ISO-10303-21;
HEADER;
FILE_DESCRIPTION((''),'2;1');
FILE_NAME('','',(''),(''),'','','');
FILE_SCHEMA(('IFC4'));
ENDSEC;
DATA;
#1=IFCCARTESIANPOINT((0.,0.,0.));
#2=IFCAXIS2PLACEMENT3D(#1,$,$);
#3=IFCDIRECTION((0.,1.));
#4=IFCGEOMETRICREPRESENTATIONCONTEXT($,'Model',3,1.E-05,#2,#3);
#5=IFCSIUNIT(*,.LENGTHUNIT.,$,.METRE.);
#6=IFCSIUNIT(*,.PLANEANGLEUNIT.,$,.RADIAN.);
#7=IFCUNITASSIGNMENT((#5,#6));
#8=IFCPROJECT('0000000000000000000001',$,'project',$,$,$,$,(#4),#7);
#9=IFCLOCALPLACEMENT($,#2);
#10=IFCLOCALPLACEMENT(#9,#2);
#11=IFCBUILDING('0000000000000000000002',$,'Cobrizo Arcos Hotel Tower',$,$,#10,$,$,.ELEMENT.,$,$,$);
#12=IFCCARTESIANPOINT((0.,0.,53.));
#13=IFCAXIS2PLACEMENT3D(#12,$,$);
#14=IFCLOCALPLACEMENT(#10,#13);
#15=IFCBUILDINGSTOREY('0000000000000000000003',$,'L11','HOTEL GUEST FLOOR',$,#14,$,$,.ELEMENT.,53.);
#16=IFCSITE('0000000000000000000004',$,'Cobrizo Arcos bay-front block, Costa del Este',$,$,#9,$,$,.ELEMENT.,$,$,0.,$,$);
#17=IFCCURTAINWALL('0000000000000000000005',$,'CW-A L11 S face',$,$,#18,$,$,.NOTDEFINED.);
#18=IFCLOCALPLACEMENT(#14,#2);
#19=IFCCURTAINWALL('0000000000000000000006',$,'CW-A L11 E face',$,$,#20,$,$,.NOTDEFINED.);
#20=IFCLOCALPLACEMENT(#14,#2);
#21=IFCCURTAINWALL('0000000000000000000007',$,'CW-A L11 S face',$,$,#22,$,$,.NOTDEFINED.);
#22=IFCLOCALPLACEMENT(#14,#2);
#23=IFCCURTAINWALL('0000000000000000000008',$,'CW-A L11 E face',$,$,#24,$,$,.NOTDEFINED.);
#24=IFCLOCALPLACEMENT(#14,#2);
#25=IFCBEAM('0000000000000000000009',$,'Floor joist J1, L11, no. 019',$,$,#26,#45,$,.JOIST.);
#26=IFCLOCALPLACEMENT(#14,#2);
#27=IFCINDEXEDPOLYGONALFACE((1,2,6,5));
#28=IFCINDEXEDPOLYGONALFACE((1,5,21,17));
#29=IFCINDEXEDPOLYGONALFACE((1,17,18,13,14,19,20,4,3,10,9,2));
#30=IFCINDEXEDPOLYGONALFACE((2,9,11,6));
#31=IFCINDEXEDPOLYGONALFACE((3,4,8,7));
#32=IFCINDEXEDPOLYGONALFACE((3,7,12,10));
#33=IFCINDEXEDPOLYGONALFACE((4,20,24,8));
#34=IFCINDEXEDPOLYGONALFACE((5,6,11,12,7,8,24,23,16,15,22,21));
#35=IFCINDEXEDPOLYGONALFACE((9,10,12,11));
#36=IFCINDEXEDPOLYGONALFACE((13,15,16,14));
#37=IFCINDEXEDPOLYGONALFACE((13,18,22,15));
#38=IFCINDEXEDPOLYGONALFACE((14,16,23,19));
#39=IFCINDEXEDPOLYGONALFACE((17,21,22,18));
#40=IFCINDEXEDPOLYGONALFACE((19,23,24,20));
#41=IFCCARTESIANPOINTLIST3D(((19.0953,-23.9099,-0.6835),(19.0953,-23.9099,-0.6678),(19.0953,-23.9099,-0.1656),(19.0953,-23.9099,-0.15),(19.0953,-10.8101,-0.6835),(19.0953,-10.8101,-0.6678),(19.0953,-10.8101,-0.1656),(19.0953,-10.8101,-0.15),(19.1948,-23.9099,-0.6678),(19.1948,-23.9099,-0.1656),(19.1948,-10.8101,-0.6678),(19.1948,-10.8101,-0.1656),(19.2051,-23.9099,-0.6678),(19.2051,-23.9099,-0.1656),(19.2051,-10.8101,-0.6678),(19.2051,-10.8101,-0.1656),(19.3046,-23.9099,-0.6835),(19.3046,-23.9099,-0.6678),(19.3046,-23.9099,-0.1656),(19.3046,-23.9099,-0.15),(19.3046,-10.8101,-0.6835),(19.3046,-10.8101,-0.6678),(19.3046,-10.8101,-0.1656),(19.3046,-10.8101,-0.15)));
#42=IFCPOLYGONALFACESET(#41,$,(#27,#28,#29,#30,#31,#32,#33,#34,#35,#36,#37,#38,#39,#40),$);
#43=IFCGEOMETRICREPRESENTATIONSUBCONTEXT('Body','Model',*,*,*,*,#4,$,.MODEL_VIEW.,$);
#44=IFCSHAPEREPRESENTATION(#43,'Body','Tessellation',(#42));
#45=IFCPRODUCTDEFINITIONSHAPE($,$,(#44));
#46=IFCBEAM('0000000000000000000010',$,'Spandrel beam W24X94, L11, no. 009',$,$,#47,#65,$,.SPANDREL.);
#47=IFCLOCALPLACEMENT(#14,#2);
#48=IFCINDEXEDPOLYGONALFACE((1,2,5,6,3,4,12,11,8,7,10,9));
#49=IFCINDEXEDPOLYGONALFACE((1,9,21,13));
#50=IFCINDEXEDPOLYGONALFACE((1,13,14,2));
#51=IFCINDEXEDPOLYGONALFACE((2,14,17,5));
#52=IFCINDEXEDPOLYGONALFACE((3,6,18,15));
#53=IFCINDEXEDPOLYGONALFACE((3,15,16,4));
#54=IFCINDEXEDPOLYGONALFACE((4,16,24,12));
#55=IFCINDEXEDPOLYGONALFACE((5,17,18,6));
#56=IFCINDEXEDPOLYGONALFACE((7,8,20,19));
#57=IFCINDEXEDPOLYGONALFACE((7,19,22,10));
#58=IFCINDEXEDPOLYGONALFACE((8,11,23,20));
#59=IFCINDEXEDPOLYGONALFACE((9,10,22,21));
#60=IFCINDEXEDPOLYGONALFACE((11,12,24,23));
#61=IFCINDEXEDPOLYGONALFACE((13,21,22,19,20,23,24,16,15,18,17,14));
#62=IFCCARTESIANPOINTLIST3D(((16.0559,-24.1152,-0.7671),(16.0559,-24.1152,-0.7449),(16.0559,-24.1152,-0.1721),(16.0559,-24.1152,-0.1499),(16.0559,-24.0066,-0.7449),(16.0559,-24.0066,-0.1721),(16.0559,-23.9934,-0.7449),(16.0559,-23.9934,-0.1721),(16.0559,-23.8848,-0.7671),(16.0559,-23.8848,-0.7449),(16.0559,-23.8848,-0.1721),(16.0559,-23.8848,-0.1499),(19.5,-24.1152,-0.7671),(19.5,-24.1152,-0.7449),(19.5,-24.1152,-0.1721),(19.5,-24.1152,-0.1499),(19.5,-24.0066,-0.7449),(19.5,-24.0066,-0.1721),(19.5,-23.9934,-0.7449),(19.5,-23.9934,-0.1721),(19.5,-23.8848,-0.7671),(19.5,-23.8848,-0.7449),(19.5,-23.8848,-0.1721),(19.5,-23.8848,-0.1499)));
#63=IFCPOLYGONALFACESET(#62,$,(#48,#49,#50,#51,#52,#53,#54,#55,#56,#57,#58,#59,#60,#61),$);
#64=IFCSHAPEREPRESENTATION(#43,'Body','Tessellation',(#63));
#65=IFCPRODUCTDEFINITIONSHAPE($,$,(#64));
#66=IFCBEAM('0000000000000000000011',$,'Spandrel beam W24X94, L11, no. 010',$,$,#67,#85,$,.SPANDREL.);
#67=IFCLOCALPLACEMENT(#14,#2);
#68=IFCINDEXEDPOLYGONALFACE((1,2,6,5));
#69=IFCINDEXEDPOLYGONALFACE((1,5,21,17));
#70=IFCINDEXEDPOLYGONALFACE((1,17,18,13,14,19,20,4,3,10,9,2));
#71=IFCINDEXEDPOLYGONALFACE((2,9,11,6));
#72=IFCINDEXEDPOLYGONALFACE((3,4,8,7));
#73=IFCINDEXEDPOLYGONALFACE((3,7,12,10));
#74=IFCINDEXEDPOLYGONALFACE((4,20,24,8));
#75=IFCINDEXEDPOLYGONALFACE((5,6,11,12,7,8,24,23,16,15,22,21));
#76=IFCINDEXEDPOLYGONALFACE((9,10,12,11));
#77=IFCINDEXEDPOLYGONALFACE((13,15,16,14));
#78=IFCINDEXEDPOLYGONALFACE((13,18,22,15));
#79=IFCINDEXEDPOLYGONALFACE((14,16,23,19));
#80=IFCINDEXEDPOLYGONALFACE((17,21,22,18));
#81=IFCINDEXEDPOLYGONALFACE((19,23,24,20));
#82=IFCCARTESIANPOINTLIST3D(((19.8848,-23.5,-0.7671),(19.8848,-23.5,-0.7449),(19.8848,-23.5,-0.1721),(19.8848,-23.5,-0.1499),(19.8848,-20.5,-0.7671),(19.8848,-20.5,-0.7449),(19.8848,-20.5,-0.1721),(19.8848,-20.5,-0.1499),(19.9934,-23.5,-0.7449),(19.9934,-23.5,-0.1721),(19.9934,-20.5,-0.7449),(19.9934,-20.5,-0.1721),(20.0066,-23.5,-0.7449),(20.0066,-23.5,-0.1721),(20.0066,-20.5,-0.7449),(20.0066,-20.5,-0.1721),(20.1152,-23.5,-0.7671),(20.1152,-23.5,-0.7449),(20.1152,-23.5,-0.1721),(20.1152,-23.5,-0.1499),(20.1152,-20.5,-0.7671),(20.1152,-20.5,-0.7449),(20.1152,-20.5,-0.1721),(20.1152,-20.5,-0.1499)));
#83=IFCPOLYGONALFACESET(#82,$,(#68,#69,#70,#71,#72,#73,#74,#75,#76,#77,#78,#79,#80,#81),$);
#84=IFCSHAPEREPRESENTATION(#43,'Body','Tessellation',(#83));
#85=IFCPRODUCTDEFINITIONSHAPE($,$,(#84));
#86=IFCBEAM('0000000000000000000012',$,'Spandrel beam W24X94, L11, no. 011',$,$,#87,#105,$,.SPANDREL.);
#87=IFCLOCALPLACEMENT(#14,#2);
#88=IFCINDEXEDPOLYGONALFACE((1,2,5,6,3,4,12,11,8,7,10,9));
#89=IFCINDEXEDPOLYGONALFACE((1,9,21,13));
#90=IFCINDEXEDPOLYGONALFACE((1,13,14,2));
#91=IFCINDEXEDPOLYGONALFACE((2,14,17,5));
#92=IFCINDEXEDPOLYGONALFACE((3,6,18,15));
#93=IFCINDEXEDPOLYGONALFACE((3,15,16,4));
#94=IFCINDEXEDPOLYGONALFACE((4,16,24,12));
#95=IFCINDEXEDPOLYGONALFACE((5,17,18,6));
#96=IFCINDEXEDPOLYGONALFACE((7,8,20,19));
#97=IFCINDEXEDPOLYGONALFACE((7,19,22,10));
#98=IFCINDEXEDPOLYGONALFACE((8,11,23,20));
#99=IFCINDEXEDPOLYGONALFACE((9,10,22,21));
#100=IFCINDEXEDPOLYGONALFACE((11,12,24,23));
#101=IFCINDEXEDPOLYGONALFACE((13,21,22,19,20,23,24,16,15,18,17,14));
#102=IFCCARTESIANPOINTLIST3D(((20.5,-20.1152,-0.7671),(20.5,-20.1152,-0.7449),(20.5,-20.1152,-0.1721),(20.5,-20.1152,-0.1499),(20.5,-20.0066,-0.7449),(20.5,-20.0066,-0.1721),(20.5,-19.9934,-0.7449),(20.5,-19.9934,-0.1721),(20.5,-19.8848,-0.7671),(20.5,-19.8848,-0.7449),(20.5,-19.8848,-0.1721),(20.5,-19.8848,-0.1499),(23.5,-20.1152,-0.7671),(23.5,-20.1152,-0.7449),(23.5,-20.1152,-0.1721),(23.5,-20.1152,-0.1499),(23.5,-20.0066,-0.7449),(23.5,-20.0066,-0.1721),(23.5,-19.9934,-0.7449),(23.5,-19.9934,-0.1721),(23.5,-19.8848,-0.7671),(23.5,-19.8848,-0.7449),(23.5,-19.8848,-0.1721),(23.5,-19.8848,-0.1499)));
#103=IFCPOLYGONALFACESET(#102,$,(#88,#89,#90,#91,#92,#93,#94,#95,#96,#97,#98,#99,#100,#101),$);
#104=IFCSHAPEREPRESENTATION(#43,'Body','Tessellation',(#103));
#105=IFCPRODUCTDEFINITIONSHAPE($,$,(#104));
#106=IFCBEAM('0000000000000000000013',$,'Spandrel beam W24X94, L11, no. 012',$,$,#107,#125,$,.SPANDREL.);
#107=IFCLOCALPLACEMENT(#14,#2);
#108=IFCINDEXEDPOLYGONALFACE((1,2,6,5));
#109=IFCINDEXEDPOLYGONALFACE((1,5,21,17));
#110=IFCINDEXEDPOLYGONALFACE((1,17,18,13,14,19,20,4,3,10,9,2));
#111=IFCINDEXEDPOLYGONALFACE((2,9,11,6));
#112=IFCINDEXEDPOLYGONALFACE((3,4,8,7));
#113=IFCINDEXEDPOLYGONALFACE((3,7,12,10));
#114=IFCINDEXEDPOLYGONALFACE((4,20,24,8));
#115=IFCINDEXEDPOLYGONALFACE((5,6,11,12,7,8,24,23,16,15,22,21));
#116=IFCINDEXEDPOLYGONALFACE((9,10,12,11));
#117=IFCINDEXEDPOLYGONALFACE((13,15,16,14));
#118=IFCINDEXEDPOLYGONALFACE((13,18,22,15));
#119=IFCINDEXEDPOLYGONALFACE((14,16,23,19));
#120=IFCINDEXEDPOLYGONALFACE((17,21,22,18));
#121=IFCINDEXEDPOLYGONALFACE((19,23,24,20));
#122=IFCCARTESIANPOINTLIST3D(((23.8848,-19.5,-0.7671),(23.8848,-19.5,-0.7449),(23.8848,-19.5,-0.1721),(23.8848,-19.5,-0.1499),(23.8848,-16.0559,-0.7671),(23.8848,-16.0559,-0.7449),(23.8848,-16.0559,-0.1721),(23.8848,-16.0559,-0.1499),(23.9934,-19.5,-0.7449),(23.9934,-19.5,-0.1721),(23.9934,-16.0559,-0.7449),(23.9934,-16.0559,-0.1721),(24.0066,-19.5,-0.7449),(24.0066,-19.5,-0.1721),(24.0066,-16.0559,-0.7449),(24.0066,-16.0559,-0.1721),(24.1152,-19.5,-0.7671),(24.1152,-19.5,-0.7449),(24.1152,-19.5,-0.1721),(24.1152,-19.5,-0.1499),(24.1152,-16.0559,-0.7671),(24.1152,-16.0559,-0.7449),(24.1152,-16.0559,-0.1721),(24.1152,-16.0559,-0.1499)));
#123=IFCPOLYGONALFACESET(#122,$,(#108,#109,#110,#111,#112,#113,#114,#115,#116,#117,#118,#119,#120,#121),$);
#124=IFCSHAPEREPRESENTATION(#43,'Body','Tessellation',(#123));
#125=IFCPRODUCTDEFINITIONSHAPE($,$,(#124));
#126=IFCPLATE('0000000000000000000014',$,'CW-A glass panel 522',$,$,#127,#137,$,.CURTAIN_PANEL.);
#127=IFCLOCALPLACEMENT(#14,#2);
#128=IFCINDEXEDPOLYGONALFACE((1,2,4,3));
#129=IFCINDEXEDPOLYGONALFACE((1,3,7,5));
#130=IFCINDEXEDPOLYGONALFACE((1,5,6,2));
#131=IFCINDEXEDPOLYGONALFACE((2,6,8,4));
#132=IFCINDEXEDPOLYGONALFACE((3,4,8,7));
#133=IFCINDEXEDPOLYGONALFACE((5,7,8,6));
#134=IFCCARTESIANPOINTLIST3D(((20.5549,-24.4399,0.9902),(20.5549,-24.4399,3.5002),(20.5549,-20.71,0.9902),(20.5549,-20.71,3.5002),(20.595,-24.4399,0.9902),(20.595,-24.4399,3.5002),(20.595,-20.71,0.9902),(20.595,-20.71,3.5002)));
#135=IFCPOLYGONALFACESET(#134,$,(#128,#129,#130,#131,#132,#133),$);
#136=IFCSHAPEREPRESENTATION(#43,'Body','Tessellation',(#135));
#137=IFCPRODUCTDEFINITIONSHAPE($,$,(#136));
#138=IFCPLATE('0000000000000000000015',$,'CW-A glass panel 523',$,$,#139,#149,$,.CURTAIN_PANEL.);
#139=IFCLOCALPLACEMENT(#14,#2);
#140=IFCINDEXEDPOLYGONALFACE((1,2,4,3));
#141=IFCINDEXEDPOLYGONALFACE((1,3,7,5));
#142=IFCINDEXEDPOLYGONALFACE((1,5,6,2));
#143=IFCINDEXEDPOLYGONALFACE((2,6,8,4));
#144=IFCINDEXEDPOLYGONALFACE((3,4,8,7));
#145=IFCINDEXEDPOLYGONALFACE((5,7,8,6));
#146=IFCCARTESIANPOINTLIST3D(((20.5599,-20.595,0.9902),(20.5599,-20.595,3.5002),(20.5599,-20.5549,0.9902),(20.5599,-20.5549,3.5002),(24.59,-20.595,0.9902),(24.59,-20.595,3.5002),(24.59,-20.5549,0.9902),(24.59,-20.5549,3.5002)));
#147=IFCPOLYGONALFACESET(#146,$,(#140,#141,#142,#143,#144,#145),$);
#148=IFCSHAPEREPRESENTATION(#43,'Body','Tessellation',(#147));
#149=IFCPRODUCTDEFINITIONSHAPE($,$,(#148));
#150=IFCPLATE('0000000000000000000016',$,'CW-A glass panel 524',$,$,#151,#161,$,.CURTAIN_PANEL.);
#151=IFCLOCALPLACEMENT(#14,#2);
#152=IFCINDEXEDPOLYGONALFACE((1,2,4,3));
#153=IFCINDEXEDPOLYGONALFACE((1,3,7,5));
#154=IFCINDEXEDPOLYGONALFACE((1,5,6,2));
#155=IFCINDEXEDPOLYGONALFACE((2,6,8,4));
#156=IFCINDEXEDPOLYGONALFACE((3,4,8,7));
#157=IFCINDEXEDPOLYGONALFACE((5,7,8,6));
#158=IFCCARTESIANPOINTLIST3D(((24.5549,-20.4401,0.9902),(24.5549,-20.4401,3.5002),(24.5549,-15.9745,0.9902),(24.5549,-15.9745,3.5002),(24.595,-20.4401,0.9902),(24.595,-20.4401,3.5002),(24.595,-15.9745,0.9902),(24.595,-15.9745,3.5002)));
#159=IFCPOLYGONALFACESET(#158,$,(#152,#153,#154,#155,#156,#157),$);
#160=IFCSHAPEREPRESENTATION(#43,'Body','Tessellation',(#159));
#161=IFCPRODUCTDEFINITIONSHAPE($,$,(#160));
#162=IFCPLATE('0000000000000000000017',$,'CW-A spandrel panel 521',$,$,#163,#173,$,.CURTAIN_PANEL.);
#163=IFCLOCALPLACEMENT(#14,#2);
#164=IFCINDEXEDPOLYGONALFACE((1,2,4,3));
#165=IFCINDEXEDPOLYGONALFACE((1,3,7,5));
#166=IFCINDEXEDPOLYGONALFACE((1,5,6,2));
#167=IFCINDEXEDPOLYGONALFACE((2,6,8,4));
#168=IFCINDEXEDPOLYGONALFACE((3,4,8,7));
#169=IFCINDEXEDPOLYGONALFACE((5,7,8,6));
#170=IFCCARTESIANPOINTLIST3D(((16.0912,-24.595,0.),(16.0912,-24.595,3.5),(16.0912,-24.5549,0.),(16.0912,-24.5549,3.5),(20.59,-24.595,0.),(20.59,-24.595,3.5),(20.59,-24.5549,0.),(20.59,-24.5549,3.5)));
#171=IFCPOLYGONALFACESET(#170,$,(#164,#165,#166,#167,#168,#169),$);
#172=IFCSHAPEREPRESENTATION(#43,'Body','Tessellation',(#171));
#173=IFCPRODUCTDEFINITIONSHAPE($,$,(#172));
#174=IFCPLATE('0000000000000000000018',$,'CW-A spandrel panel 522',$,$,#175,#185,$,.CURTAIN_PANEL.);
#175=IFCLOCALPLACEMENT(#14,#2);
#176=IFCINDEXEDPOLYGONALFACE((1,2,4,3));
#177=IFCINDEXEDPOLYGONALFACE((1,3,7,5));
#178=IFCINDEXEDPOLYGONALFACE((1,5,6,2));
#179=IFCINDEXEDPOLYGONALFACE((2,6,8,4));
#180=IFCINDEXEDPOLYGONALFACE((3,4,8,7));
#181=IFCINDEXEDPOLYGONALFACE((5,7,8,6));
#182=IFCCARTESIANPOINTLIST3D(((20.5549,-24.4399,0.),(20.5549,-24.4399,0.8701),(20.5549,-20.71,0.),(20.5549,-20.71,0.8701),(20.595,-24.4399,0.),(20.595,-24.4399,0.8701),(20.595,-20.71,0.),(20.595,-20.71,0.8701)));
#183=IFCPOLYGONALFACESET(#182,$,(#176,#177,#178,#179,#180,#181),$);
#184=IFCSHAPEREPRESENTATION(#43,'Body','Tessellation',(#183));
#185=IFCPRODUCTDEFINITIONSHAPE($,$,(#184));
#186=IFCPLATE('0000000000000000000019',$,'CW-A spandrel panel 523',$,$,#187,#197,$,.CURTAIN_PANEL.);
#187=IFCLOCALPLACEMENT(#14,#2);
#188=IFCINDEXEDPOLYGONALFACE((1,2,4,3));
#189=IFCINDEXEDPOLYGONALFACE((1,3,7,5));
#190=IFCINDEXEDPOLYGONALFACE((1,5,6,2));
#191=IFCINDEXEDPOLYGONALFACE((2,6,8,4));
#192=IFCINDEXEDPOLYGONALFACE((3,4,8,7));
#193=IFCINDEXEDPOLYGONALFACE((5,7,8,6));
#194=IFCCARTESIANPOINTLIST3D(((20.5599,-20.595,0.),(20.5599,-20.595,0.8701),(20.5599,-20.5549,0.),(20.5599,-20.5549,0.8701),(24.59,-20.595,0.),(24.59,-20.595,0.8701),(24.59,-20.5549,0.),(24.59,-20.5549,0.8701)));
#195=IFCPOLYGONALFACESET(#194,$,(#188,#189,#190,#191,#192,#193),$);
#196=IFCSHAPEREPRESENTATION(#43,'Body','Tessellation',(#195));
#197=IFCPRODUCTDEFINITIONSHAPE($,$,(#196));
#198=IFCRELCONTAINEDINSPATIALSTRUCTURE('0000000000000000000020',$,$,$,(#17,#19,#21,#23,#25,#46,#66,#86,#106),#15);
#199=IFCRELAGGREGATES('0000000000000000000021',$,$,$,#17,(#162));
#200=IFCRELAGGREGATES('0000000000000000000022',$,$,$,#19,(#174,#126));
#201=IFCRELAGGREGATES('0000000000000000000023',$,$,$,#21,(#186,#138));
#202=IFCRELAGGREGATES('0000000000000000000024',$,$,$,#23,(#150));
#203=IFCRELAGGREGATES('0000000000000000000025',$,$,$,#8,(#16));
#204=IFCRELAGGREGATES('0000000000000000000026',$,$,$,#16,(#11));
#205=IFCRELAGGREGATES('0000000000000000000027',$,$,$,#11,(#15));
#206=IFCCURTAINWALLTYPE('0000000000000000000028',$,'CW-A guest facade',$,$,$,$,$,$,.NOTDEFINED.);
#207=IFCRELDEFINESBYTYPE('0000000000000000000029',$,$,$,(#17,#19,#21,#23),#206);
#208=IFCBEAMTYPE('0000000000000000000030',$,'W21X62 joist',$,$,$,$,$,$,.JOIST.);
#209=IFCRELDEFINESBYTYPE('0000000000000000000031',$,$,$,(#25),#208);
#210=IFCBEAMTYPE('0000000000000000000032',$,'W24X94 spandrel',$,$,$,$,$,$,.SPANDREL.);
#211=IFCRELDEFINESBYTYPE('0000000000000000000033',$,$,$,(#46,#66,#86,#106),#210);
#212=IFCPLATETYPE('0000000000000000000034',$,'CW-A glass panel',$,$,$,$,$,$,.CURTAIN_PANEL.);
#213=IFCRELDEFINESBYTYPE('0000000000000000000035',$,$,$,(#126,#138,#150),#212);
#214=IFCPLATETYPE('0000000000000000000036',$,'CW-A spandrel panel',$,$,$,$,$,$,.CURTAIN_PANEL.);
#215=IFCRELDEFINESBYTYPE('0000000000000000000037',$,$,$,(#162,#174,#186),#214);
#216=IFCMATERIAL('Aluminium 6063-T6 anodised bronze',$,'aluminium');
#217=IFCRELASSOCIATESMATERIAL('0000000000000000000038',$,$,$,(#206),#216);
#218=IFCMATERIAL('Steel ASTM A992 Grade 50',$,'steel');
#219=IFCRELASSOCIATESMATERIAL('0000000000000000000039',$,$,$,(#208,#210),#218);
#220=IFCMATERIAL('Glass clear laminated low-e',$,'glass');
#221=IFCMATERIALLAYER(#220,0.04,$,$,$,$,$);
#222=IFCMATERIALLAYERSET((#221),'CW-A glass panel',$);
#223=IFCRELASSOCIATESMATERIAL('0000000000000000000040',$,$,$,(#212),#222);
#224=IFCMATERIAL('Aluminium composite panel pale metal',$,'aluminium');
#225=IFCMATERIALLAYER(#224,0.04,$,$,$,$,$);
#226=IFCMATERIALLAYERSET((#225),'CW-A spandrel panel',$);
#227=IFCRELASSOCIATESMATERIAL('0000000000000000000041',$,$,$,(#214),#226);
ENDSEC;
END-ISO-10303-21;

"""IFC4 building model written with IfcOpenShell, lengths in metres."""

from ifc_helpers import new_model, si_unit, direction, frame, origin, origin_2d, place, context, subcontext, project, spatial, rectangle, i_section, extrude, material, layer, layer_set, material_profile, profile_set, type_object, element, aggregate, save


model = new_model("IFC4")

# Units and contexts
model_context = context("Model", 3, precision=1e-05, world=origin(), true_north=direction((0.0, 1.0)))
body_context = subcontext(model_context, "Body", "Model", "MODEL_VIEW")
ifc_project = project(units=[si_unit("LENGTHUNIT", "METRE"), si_unit("PLANEANGLEUNIT", "RADIAN")], contexts=[model_context])

# Site, building, storey
site_placement = place(None, origin())
site = spatial("IfcSite", under=ifc_project, at=site_placement, Name="Cobrizo Arcos bay-front block, Costa del Este", CompositionType="ELEMENT", RefElevation=0.0)
building_placement = place(site_placement, origin())
building = spatial("IfcBuilding", under=site, at=building_placement, Name="Cobrizo Arcos Hotel Tower", CompositionType="ELEMENT")
storey_placement = place(building_placement, frame((0.0, 0.0, 53.0)))
storey = spatial("IfcBuildingStorey", under=building, at=storey_placement, Name="L11", Description="HOTEL GUEST FLOOR", CompositionType="ELEMENT", Elevation=53.0)

# Curtain walls
ifc_material_1 = material(Name="Aluminium 6063-T6 anodised bronze", Category="aluminium")
curtain_wall_type = type_object("IfcCurtainWallType", Name="CW-A guest facade", PredefinedType="NOTDEFINED", material=ifc_material_1)
curtain_wall_1_placement = place(storey_placement, origin())
curtain_wall_1 = element("IfcCurtainWall", 1, at=curtain_wall_1_placement, inside=storey, type_object=curtain_wall_type, Name="CW-A L11 S face", PredefinedType="NOTDEFINED")
curtain_wall_2_placement = place(storey_placement, origin())
curtain_wall_2 = element("IfcCurtainWall", 2, at=curtain_wall_2_placement, inside=storey, type_object=curtain_wall_type, Name="CW-A L11 E face", PredefinedType="NOTDEFINED")
curtain_wall_3_placement = place(storey_placement, origin())
curtain_wall_3 = element("IfcCurtainWall", 3, at=curtain_wall_3_placement, inside=storey, type_object=curtain_wall_type, Name="CW-A L11 S face", PredefinedType="NOTDEFINED")

# Curtain wall
curtain_wall_4_placement = place(storey_placement, origin())
curtain_wall_4 = element("IfcCurtainWall", 4, at=curtain_wall_4_placement, inside=storey, type_object=curtain_wall_type, Name="CW-A L11 E face", PredefinedType="NOTDEFINED")

# Beams
ifc_material_2 = material(Name="Steel ASTM A992 Grade 50", Category="steel")
ifc_material_profile_1 = material_profile(ifc_material_2, i_section(OverallWidth=0.2092, OverallDepth=0.5334, WebThickness=0.0103, FlangeThickness=0.0156, at=origin_2d()), Name="W21X62")
ifc_profile_set_1 = profile_set([ifc_material_profile_1], Name="Steel ASTM A992 Grade 50")
beam_type_1 = type_object("IfcBeamType", Name="W21X62 joist", PredefinedType="JOIST", material=ifc_profile_set_1)
beam_1_placement = place(storey_placement, frame((19.2, -23.9099, -0.4167), z_axis=(0.0, 1.0, 0.0), x_axis=(-1.0, 0.0, 0.0)))
element("IfcBeam", 5, at=beam_1_placement, inside=storey, type_object=beam_type_1, Name="Floor joist J1, L11, no. 019", PredefinedType="JOIST", context=body_context, shape_type="SweptSolid", body=[
    extrude(i_section(OverallWidth=0.2092, OverallDepth=0.5334, WebThickness=0.0103, FlangeThickness=0.0156, at=origin_2d()), origin(), (0.0, 0.0, 1.0), 13.0999),
])
ifc_material_profile_2 = material_profile(ifc_material_2, i_section(OverallWidth=0.2305, OverallDepth=0.6172, WebThickness=0.0132, FlangeThickness=0.0222, at=origin_2d()), Name="W24X94")
ifc_profile_set_2 = profile_set([ifc_material_profile_2], Name="Steel ASTM A992 Grade 50")
beam_type_2 = type_object("IfcBeamType", Name="W24X94 spandrel", PredefinedType="SPANDREL", material=ifc_profile_set_2)
beam_2_placement = place(storey_placement, frame((16.0559, -24.0, -0.4585), z_axis=(1.0, 0.0, 0.0), x_axis=(0.0, 1.0, 0.0)))
element("IfcBeam", 6, at=beam_2_placement, inside=storey, type_object=beam_type_2, Name="Spandrel beam W24X94, L11, no. 009", PredefinedType="SPANDREL", context=body_context, shape_type="SweptSolid", body=[
    extrude(i_section(OverallWidth=0.2305, OverallDepth=0.6172, WebThickness=0.0132, FlangeThickness=0.0222, at=origin_2d()), origin(), (0.0, 0.0, 1.0), 3.4441),
])
for number, where, z_axis, x_axis, name in (
    (7, (20.0, -23.5, -0.4585), (0.0, 1.0, 0.0), (-1.0, 0.0, 0.0), "Spandrel beam W24X94, L11, no. 010"),
    (8, (20.5, -20.0, -0.4585), (1.0, 0.0, 0.0), (0.0, 1.0, 0.0), "Spandrel beam W24X94, L11, no. 011"),
):
    element("IfcBeam", number, at=place(storey_placement, frame(where, z_axis=z_axis, x_axis=x_axis)), inside=storey, type_object=beam_type_2, Name=name, PredefinedType="SPANDREL", context=body_context, shape_type="SweptSolid", body=[
        extrude(i_section(OverallWidth=0.2305, OverallDepth=0.6172, WebThickness=0.0132, FlangeThickness=0.0222, at=origin_2d()), origin(), (0.0, 0.0, 1.0), 3.0),
    ])
beam_3_placement = place(storey_placement, frame((24.0, -19.5, -0.4585), z_axis=(0.0, 1.0, 0.0), x_axis=(-1.0, 0.0, 0.0)))
element("IfcBeam", 9, at=beam_3_placement, inside=storey, type_object=beam_type_2, Name="Spandrel beam W24X94, L11, no. 012", PredefinedType="SPANDREL", context=body_context, shape_type="SweptSolid", body=[
    extrude(i_section(OverallWidth=0.2305, OverallDepth=0.6172, WebThickness=0.0132, FlangeThickness=0.0222, at=origin_2d()), origin(), (0.0, 0.0, 1.0), 3.4441),
])

# Plates
ifc_material_3 = material(Name="Glass clear laminated low-e", Category="glass")
ifc_layer_1 = layer(ifc_material_3, 0.04)
ifc_layer_set_1 = layer_set([ifc_layer_1], Name="CW-A glass panel")
plate_type_1 = type_object("IfcPlateType", Name="CW-A glass panel", PredefinedType="CURTAIN_PANEL", material=ifc_layer_set_1)
plate_1_placement = place(storey_placement, frame((20.575, -22.575, 0.9902), z_axis=(0.0, 0.0, 1.0), x_axis=(0.0, 1.0, 0.0)))
plate_1 = element("IfcPlate", 10, at=plate_1_placement, type_object=plate_type_1, Name="CW-A glass panel 522", PredefinedType="CURTAIN_PANEL", context=body_context, shape_type="SweptSolid", body=[
    extrude(rectangle(XDim=3.73, YDim=0.04, at=origin_2d()), origin(), (0.0, 0.0, 1.0), 2.51),
])
plate_2_placement = place(storey_placement, frame((22.575, -20.575, 0.9902), z_axis=(0.0, 0.0, 1.0), x_axis=(1.0, 0.0, 0.0)))
plate_2 = element("IfcPlate", 11, at=plate_2_placement, type_object=plate_type_1, Name="CW-A glass panel 523", PredefinedType="CURTAIN_PANEL", context=body_context, shape_type="SweptSolid", body=[
    extrude(rectangle(XDim=4.03, YDim=0.04, at=origin_2d()), origin(), (0.0, 0.0, 1.0), 2.51),
])
plate_3_placement = place(storey_placement, frame((24.575, -18.2073, 0.9902), z_axis=(0.0, 0.0, 1.0), x_axis=(0.0, 1.0, 0.0)))
plate_3 = element("IfcPlate", 12, at=plate_3_placement, type_object=plate_type_1, Name="CW-A glass panel 524", PredefinedType="CURTAIN_PANEL", context=body_context, shape_type="SweptSolid", body=[
    extrude(rectangle(XDim=4.4656, YDim=0.04, at=origin_2d()), origin(), (0.0, 0.0, 1.0), 2.51),
])
ifc_material_4 = material(Name="Aluminium composite panel pale metal", Category="aluminium")
ifc_layer_2 = layer(ifc_material_4, 0.04)
ifc_layer_set_2 = layer_set([ifc_layer_2], Name="CW-A spandrel panel")
plate_type_2 = type_object("IfcPlateType", Name="CW-A spandrel panel", PredefinedType="CURTAIN_PANEL", material=ifc_layer_set_2)
plate_4_placement = place(storey_placement, frame((18.3406, -24.575, 0.0), z_axis=(0.0, 0.0, 1.0), x_axis=(1.0, 0.0, 0.0)))
plate_4 = element("IfcPlate", 13, at=plate_4_placement, type_object=plate_type_2, Name="CW-A spandrel panel 521", PredefinedType="CURTAIN_PANEL", context=body_context, shape_type="SweptSolid", body=[
    extrude(rectangle(XDim=4.4988, YDim=0.04, at=origin_2d()), origin(), (0.0, 0.0, 1.0), 3.5),
])
aggregate(curtain_wall_1, [plate_4])
plate_5_placement = place(storey_placement, frame((20.575, -22.575, 0.0), z_axis=(0.0, 0.0, 1.0), x_axis=(0.0, 1.0, 0.0)))
plate_5 = element("IfcPlate", 14, at=plate_5_placement, type_object=plate_type_2, Name="CW-A spandrel panel 522", PredefinedType="CURTAIN_PANEL", context=body_context, shape_type="SweptSolid", body=[
    extrude(rectangle(XDim=3.73, YDim=0.04, at=origin_2d()), origin(), (0.0, 0.0, 1.0), 0.8701),
])
aggregate(curtain_wall_2, [plate_5, plate_1])
plate_6_placement = place(storey_placement, frame((22.575, -20.575, 0.0), z_axis=(0.0, 0.0, 1.0), x_axis=(1.0, 0.0, 0.0)))
plate_6 = element("IfcPlate", 15, at=plate_6_placement, type_object=plate_type_2, Name="CW-A spandrel panel 523", PredefinedType="CURTAIN_PANEL", context=body_context, shape_type="SweptSolid", body=[
    extrude(rectangle(XDim=4.03, YDim=0.04, at=origin_2d()), origin(), (0.0, 0.0, 1.0), 0.8701),
])
aggregate(curtain_wall_3, [plate_6, plate_2])
aggregate(curtain_wall_4, [plate_3])

save(model, "model.ifc")
